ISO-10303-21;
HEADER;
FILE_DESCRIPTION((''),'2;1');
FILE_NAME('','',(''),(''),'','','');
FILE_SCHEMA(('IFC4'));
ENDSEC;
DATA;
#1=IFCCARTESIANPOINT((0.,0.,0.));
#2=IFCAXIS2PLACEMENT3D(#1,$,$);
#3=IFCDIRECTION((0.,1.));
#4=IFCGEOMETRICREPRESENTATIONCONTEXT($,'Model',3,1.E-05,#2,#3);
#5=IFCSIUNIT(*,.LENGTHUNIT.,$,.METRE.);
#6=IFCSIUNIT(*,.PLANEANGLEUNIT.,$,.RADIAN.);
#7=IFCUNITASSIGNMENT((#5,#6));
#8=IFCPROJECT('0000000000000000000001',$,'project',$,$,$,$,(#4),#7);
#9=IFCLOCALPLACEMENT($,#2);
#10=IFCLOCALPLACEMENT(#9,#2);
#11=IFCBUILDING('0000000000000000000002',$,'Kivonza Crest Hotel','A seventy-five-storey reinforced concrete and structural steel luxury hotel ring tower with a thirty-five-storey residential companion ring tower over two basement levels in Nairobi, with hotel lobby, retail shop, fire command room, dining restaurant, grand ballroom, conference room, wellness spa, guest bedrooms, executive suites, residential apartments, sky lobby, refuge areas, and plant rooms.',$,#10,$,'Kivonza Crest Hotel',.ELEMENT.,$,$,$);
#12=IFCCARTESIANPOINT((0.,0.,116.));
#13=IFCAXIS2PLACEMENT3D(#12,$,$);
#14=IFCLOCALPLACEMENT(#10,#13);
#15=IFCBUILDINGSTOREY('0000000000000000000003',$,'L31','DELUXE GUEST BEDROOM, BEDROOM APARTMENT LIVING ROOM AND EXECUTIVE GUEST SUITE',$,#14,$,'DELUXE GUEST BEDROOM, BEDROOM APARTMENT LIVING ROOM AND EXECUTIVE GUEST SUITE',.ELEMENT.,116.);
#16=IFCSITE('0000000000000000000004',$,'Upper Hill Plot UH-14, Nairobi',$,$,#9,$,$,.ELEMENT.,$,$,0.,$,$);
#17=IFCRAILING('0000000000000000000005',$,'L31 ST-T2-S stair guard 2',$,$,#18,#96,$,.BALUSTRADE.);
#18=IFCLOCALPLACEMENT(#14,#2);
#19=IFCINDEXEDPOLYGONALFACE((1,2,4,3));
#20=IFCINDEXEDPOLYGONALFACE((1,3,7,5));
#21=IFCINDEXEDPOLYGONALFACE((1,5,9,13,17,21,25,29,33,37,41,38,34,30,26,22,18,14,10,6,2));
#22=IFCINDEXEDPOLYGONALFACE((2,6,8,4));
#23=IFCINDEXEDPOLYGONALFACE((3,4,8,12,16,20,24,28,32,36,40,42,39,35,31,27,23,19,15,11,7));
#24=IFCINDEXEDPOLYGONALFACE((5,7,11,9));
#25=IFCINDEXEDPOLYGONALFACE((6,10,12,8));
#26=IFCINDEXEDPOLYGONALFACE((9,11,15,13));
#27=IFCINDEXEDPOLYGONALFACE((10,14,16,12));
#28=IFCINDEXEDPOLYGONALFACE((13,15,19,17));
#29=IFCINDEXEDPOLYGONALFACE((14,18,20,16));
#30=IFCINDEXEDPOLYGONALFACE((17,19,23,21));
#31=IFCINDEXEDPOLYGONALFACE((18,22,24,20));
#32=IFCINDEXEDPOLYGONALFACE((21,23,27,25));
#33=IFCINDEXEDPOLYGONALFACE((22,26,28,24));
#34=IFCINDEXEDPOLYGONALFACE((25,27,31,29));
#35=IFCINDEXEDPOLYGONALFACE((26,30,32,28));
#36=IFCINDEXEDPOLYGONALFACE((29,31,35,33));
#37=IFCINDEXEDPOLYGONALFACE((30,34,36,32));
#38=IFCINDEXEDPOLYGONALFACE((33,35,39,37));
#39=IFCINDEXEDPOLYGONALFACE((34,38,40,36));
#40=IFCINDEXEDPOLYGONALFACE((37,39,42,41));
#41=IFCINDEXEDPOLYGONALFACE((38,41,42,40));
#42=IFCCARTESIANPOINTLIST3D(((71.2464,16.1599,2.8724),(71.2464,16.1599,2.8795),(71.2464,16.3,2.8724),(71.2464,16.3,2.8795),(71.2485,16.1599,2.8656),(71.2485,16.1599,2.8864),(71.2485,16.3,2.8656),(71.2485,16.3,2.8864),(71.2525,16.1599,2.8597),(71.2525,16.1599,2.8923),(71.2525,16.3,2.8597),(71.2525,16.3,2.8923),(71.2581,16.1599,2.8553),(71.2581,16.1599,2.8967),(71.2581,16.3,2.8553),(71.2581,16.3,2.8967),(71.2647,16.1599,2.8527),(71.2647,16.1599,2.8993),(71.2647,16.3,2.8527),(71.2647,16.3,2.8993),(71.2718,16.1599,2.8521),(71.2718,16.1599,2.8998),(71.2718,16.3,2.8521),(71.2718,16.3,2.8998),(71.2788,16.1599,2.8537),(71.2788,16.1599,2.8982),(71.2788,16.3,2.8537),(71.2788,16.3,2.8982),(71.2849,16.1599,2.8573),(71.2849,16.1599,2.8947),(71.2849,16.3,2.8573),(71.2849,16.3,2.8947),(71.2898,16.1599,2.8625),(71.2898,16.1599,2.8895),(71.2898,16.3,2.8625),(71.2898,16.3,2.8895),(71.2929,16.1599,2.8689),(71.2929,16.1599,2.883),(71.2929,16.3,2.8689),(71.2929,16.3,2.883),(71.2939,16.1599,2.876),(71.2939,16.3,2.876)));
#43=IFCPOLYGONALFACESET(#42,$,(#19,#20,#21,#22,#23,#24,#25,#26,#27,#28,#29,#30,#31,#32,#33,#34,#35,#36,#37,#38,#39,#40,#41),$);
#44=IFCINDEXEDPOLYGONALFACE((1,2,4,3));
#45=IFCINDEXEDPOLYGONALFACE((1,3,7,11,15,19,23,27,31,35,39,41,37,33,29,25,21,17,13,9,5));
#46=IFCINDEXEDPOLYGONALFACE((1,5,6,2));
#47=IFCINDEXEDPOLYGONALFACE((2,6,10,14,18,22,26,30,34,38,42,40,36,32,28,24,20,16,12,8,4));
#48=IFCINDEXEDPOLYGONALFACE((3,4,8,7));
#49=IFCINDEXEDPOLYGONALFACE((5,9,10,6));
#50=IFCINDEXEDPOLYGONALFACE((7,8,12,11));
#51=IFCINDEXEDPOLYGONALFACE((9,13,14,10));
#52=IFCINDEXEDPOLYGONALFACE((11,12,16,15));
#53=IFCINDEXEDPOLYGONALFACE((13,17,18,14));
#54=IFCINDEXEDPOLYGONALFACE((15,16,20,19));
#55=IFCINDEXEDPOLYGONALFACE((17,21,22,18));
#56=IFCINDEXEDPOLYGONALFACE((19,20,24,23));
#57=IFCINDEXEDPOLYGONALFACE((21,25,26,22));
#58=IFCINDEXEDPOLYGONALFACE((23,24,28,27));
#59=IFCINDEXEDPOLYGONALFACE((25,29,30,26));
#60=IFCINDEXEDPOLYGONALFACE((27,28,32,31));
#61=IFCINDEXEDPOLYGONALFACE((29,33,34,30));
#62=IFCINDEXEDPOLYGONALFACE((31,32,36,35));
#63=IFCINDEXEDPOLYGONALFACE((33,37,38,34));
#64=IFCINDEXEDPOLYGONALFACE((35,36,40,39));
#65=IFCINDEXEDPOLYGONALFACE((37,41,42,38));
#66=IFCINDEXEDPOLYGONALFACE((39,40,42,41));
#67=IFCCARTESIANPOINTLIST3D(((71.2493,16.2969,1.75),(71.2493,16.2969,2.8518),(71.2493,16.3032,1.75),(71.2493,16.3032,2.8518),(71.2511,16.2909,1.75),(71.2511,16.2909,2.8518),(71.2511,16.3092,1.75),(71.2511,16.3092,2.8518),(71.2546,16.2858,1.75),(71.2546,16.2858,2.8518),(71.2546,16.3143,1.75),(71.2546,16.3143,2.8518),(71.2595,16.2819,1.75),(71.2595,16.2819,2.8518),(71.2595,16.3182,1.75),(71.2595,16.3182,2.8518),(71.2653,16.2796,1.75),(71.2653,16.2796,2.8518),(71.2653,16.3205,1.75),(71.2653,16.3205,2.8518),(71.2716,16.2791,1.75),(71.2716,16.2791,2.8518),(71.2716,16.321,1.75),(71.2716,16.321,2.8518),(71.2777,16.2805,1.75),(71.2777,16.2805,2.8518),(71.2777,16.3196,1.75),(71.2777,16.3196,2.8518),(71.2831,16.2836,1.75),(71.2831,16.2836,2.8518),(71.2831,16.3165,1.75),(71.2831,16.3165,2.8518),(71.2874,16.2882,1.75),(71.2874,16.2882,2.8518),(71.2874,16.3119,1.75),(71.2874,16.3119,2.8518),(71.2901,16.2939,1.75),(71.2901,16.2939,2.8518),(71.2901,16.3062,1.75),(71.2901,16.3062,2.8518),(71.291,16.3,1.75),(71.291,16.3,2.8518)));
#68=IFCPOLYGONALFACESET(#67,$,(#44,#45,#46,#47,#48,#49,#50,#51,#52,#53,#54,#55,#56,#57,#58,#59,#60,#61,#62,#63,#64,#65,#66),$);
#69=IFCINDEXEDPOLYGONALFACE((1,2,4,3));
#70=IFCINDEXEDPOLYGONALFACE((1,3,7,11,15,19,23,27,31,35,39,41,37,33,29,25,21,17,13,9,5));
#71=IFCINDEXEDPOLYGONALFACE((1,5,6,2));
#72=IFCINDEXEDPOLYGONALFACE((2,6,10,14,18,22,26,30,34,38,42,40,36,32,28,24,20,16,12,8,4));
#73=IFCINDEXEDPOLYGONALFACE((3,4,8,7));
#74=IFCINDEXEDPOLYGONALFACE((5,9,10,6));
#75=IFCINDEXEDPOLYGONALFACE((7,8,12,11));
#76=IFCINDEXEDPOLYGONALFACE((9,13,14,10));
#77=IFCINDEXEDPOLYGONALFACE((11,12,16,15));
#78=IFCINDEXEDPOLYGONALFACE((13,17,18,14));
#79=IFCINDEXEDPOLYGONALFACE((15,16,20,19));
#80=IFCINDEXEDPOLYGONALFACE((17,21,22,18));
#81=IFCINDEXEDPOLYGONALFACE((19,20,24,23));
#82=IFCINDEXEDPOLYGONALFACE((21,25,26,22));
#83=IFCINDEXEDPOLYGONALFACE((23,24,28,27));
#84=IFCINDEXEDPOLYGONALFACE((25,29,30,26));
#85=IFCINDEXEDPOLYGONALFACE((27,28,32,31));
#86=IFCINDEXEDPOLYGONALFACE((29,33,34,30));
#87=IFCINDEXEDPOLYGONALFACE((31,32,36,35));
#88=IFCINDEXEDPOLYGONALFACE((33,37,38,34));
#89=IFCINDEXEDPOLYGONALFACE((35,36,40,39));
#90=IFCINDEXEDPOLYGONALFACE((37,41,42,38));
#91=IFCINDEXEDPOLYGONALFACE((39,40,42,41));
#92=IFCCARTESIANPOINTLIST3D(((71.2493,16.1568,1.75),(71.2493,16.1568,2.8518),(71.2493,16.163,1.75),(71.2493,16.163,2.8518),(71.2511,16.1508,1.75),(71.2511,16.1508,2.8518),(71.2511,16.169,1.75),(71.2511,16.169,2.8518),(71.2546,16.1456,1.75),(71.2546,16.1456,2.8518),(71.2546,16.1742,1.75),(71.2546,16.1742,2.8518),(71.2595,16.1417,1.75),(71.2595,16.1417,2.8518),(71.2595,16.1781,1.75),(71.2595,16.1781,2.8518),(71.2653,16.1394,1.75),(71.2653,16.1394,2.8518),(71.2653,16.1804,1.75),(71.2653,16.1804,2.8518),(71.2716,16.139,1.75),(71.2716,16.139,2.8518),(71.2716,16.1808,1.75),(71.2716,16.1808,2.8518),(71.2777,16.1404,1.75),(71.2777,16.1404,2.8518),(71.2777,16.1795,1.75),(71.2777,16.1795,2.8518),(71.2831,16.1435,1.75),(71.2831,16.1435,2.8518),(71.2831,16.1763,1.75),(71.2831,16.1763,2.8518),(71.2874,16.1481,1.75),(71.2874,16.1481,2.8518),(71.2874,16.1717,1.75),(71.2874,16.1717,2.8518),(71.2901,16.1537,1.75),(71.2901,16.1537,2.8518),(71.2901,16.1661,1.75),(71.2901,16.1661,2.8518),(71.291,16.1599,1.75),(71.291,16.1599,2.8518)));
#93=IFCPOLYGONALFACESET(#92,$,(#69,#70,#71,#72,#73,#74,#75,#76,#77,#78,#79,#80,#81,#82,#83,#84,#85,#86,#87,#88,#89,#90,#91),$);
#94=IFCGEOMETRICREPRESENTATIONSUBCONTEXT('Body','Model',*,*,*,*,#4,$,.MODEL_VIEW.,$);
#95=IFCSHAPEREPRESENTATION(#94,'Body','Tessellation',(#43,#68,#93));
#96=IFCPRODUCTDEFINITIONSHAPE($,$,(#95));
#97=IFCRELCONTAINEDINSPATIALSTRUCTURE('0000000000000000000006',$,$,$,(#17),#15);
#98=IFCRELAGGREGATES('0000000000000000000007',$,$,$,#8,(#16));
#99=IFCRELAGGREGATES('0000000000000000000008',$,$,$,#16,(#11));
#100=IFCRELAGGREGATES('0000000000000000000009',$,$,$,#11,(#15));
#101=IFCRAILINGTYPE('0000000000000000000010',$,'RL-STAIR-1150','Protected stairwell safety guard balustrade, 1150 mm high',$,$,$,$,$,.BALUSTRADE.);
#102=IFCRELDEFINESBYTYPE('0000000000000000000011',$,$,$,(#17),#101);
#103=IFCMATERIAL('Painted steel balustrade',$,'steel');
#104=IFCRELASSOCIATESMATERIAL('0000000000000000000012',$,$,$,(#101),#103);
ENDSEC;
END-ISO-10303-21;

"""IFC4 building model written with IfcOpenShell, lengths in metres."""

from ifc_helpers import new_model, si_unit, direction, frame, origin, origin_2d, place, context, subcontext, project, spatial, circle, extrude, material, type_object, element, save


model = new_model("IFC4")

# Units and contexts
model_context = context("Model", 3, precision=1e-05, world=origin(), true_north=direction((0.0, 1.0)))
body_context = subcontext(model_context, "Body", "Model", "MODEL_VIEW")
ifc_project = project(units=[si_unit("LENGTHUNIT", "METRE"), si_unit("PLANEANGLEUNIT", "RADIAN")], contexts=[model_context])

# Site, building, storey
site_placement = place(None, origin())
site = spatial("IfcSite", under=ifc_project, at=site_placement, Name="Upper Hill Plot UH-14, Nairobi", CompositionType="ELEMENT", RefElevation=0.0)
building_placement = place(site_placement, origin())
building = spatial("IfcBuilding", under=site, at=building_placement, Name="Kivonza Crest Hotel", Description="A seventy-five-storey reinforced concrete and structural steel luxury hotel ring tower with a thirty-five-storey residential companion ring tower over two basement levels in Nairobi, with hotel lobby, retail shop, fire command room, dining restaurant, grand ballroom, conference room, wellness spa, guest bedrooms, executive suites, residential apartments, sky lobby, refuge areas, and plant rooms.", LongName="Kivonza Crest Hotel", CompositionType="ELEMENT")
storey_placement = place(building_placement, frame((0.0, 0.0, 116.0)))
storey = spatial("IfcBuildingStorey", under=building, at=storey_placement, Name="L31", Description="DELUXE GUEST BEDROOM, BEDROOM APARTMENT LIVING ROOM AND EXECUTIVE GUEST SUITE", LongName="DELUXE GUEST BEDROOM, BEDROOM APARTMENT LIVING ROOM AND EXECUTIVE GUEST SUITE", CompositionType="ELEMENT", Elevation=116.0)

# Railing
ifc_material_1 = material(Name="Painted steel balustrade", Category="steel")
railing_type_1 = type_object("IfcRailingType", Name="RL-STAIR-1150", Description="Protected stairwell safety guard balustrade, 1150 mm high", PredefinedType="BALUSTRADE", material=ifc_material_1)
railing_1_placement = place(storey_placement, frame((71.27, 16.3, 1.75)))
element("IfcRailing", 1, at=railing_1_placement, inside=storey, type_object=railing_type_1, Name="L31 ST-T2-S stair guard 2", PredefinedType="BALUSTRADE", context=body_context, shape_type="SweptSolid", body=[
    extrude(circle(Radius=0.0239, at=origin_2d()), frame((0.0, 0.0, 1.126), z_axis=(0.0, -1.0, 0.0), x_axis=(1.0, 0.0, 0.0)), (0.0, 0.0, 1.0), 0.1401),
    extrude(circle(Radius=0.021, at=origin_2d()), origin(), (0.0, 0.0, 1.0), 1.1018),
    extrude(circle(Radius=0.021, at=origin_2d()), frame((0.0, -0.1401, 0.0)), (0.0, 0.0, 1.0), 1.1018),
])

save(model, "model.ifc")
